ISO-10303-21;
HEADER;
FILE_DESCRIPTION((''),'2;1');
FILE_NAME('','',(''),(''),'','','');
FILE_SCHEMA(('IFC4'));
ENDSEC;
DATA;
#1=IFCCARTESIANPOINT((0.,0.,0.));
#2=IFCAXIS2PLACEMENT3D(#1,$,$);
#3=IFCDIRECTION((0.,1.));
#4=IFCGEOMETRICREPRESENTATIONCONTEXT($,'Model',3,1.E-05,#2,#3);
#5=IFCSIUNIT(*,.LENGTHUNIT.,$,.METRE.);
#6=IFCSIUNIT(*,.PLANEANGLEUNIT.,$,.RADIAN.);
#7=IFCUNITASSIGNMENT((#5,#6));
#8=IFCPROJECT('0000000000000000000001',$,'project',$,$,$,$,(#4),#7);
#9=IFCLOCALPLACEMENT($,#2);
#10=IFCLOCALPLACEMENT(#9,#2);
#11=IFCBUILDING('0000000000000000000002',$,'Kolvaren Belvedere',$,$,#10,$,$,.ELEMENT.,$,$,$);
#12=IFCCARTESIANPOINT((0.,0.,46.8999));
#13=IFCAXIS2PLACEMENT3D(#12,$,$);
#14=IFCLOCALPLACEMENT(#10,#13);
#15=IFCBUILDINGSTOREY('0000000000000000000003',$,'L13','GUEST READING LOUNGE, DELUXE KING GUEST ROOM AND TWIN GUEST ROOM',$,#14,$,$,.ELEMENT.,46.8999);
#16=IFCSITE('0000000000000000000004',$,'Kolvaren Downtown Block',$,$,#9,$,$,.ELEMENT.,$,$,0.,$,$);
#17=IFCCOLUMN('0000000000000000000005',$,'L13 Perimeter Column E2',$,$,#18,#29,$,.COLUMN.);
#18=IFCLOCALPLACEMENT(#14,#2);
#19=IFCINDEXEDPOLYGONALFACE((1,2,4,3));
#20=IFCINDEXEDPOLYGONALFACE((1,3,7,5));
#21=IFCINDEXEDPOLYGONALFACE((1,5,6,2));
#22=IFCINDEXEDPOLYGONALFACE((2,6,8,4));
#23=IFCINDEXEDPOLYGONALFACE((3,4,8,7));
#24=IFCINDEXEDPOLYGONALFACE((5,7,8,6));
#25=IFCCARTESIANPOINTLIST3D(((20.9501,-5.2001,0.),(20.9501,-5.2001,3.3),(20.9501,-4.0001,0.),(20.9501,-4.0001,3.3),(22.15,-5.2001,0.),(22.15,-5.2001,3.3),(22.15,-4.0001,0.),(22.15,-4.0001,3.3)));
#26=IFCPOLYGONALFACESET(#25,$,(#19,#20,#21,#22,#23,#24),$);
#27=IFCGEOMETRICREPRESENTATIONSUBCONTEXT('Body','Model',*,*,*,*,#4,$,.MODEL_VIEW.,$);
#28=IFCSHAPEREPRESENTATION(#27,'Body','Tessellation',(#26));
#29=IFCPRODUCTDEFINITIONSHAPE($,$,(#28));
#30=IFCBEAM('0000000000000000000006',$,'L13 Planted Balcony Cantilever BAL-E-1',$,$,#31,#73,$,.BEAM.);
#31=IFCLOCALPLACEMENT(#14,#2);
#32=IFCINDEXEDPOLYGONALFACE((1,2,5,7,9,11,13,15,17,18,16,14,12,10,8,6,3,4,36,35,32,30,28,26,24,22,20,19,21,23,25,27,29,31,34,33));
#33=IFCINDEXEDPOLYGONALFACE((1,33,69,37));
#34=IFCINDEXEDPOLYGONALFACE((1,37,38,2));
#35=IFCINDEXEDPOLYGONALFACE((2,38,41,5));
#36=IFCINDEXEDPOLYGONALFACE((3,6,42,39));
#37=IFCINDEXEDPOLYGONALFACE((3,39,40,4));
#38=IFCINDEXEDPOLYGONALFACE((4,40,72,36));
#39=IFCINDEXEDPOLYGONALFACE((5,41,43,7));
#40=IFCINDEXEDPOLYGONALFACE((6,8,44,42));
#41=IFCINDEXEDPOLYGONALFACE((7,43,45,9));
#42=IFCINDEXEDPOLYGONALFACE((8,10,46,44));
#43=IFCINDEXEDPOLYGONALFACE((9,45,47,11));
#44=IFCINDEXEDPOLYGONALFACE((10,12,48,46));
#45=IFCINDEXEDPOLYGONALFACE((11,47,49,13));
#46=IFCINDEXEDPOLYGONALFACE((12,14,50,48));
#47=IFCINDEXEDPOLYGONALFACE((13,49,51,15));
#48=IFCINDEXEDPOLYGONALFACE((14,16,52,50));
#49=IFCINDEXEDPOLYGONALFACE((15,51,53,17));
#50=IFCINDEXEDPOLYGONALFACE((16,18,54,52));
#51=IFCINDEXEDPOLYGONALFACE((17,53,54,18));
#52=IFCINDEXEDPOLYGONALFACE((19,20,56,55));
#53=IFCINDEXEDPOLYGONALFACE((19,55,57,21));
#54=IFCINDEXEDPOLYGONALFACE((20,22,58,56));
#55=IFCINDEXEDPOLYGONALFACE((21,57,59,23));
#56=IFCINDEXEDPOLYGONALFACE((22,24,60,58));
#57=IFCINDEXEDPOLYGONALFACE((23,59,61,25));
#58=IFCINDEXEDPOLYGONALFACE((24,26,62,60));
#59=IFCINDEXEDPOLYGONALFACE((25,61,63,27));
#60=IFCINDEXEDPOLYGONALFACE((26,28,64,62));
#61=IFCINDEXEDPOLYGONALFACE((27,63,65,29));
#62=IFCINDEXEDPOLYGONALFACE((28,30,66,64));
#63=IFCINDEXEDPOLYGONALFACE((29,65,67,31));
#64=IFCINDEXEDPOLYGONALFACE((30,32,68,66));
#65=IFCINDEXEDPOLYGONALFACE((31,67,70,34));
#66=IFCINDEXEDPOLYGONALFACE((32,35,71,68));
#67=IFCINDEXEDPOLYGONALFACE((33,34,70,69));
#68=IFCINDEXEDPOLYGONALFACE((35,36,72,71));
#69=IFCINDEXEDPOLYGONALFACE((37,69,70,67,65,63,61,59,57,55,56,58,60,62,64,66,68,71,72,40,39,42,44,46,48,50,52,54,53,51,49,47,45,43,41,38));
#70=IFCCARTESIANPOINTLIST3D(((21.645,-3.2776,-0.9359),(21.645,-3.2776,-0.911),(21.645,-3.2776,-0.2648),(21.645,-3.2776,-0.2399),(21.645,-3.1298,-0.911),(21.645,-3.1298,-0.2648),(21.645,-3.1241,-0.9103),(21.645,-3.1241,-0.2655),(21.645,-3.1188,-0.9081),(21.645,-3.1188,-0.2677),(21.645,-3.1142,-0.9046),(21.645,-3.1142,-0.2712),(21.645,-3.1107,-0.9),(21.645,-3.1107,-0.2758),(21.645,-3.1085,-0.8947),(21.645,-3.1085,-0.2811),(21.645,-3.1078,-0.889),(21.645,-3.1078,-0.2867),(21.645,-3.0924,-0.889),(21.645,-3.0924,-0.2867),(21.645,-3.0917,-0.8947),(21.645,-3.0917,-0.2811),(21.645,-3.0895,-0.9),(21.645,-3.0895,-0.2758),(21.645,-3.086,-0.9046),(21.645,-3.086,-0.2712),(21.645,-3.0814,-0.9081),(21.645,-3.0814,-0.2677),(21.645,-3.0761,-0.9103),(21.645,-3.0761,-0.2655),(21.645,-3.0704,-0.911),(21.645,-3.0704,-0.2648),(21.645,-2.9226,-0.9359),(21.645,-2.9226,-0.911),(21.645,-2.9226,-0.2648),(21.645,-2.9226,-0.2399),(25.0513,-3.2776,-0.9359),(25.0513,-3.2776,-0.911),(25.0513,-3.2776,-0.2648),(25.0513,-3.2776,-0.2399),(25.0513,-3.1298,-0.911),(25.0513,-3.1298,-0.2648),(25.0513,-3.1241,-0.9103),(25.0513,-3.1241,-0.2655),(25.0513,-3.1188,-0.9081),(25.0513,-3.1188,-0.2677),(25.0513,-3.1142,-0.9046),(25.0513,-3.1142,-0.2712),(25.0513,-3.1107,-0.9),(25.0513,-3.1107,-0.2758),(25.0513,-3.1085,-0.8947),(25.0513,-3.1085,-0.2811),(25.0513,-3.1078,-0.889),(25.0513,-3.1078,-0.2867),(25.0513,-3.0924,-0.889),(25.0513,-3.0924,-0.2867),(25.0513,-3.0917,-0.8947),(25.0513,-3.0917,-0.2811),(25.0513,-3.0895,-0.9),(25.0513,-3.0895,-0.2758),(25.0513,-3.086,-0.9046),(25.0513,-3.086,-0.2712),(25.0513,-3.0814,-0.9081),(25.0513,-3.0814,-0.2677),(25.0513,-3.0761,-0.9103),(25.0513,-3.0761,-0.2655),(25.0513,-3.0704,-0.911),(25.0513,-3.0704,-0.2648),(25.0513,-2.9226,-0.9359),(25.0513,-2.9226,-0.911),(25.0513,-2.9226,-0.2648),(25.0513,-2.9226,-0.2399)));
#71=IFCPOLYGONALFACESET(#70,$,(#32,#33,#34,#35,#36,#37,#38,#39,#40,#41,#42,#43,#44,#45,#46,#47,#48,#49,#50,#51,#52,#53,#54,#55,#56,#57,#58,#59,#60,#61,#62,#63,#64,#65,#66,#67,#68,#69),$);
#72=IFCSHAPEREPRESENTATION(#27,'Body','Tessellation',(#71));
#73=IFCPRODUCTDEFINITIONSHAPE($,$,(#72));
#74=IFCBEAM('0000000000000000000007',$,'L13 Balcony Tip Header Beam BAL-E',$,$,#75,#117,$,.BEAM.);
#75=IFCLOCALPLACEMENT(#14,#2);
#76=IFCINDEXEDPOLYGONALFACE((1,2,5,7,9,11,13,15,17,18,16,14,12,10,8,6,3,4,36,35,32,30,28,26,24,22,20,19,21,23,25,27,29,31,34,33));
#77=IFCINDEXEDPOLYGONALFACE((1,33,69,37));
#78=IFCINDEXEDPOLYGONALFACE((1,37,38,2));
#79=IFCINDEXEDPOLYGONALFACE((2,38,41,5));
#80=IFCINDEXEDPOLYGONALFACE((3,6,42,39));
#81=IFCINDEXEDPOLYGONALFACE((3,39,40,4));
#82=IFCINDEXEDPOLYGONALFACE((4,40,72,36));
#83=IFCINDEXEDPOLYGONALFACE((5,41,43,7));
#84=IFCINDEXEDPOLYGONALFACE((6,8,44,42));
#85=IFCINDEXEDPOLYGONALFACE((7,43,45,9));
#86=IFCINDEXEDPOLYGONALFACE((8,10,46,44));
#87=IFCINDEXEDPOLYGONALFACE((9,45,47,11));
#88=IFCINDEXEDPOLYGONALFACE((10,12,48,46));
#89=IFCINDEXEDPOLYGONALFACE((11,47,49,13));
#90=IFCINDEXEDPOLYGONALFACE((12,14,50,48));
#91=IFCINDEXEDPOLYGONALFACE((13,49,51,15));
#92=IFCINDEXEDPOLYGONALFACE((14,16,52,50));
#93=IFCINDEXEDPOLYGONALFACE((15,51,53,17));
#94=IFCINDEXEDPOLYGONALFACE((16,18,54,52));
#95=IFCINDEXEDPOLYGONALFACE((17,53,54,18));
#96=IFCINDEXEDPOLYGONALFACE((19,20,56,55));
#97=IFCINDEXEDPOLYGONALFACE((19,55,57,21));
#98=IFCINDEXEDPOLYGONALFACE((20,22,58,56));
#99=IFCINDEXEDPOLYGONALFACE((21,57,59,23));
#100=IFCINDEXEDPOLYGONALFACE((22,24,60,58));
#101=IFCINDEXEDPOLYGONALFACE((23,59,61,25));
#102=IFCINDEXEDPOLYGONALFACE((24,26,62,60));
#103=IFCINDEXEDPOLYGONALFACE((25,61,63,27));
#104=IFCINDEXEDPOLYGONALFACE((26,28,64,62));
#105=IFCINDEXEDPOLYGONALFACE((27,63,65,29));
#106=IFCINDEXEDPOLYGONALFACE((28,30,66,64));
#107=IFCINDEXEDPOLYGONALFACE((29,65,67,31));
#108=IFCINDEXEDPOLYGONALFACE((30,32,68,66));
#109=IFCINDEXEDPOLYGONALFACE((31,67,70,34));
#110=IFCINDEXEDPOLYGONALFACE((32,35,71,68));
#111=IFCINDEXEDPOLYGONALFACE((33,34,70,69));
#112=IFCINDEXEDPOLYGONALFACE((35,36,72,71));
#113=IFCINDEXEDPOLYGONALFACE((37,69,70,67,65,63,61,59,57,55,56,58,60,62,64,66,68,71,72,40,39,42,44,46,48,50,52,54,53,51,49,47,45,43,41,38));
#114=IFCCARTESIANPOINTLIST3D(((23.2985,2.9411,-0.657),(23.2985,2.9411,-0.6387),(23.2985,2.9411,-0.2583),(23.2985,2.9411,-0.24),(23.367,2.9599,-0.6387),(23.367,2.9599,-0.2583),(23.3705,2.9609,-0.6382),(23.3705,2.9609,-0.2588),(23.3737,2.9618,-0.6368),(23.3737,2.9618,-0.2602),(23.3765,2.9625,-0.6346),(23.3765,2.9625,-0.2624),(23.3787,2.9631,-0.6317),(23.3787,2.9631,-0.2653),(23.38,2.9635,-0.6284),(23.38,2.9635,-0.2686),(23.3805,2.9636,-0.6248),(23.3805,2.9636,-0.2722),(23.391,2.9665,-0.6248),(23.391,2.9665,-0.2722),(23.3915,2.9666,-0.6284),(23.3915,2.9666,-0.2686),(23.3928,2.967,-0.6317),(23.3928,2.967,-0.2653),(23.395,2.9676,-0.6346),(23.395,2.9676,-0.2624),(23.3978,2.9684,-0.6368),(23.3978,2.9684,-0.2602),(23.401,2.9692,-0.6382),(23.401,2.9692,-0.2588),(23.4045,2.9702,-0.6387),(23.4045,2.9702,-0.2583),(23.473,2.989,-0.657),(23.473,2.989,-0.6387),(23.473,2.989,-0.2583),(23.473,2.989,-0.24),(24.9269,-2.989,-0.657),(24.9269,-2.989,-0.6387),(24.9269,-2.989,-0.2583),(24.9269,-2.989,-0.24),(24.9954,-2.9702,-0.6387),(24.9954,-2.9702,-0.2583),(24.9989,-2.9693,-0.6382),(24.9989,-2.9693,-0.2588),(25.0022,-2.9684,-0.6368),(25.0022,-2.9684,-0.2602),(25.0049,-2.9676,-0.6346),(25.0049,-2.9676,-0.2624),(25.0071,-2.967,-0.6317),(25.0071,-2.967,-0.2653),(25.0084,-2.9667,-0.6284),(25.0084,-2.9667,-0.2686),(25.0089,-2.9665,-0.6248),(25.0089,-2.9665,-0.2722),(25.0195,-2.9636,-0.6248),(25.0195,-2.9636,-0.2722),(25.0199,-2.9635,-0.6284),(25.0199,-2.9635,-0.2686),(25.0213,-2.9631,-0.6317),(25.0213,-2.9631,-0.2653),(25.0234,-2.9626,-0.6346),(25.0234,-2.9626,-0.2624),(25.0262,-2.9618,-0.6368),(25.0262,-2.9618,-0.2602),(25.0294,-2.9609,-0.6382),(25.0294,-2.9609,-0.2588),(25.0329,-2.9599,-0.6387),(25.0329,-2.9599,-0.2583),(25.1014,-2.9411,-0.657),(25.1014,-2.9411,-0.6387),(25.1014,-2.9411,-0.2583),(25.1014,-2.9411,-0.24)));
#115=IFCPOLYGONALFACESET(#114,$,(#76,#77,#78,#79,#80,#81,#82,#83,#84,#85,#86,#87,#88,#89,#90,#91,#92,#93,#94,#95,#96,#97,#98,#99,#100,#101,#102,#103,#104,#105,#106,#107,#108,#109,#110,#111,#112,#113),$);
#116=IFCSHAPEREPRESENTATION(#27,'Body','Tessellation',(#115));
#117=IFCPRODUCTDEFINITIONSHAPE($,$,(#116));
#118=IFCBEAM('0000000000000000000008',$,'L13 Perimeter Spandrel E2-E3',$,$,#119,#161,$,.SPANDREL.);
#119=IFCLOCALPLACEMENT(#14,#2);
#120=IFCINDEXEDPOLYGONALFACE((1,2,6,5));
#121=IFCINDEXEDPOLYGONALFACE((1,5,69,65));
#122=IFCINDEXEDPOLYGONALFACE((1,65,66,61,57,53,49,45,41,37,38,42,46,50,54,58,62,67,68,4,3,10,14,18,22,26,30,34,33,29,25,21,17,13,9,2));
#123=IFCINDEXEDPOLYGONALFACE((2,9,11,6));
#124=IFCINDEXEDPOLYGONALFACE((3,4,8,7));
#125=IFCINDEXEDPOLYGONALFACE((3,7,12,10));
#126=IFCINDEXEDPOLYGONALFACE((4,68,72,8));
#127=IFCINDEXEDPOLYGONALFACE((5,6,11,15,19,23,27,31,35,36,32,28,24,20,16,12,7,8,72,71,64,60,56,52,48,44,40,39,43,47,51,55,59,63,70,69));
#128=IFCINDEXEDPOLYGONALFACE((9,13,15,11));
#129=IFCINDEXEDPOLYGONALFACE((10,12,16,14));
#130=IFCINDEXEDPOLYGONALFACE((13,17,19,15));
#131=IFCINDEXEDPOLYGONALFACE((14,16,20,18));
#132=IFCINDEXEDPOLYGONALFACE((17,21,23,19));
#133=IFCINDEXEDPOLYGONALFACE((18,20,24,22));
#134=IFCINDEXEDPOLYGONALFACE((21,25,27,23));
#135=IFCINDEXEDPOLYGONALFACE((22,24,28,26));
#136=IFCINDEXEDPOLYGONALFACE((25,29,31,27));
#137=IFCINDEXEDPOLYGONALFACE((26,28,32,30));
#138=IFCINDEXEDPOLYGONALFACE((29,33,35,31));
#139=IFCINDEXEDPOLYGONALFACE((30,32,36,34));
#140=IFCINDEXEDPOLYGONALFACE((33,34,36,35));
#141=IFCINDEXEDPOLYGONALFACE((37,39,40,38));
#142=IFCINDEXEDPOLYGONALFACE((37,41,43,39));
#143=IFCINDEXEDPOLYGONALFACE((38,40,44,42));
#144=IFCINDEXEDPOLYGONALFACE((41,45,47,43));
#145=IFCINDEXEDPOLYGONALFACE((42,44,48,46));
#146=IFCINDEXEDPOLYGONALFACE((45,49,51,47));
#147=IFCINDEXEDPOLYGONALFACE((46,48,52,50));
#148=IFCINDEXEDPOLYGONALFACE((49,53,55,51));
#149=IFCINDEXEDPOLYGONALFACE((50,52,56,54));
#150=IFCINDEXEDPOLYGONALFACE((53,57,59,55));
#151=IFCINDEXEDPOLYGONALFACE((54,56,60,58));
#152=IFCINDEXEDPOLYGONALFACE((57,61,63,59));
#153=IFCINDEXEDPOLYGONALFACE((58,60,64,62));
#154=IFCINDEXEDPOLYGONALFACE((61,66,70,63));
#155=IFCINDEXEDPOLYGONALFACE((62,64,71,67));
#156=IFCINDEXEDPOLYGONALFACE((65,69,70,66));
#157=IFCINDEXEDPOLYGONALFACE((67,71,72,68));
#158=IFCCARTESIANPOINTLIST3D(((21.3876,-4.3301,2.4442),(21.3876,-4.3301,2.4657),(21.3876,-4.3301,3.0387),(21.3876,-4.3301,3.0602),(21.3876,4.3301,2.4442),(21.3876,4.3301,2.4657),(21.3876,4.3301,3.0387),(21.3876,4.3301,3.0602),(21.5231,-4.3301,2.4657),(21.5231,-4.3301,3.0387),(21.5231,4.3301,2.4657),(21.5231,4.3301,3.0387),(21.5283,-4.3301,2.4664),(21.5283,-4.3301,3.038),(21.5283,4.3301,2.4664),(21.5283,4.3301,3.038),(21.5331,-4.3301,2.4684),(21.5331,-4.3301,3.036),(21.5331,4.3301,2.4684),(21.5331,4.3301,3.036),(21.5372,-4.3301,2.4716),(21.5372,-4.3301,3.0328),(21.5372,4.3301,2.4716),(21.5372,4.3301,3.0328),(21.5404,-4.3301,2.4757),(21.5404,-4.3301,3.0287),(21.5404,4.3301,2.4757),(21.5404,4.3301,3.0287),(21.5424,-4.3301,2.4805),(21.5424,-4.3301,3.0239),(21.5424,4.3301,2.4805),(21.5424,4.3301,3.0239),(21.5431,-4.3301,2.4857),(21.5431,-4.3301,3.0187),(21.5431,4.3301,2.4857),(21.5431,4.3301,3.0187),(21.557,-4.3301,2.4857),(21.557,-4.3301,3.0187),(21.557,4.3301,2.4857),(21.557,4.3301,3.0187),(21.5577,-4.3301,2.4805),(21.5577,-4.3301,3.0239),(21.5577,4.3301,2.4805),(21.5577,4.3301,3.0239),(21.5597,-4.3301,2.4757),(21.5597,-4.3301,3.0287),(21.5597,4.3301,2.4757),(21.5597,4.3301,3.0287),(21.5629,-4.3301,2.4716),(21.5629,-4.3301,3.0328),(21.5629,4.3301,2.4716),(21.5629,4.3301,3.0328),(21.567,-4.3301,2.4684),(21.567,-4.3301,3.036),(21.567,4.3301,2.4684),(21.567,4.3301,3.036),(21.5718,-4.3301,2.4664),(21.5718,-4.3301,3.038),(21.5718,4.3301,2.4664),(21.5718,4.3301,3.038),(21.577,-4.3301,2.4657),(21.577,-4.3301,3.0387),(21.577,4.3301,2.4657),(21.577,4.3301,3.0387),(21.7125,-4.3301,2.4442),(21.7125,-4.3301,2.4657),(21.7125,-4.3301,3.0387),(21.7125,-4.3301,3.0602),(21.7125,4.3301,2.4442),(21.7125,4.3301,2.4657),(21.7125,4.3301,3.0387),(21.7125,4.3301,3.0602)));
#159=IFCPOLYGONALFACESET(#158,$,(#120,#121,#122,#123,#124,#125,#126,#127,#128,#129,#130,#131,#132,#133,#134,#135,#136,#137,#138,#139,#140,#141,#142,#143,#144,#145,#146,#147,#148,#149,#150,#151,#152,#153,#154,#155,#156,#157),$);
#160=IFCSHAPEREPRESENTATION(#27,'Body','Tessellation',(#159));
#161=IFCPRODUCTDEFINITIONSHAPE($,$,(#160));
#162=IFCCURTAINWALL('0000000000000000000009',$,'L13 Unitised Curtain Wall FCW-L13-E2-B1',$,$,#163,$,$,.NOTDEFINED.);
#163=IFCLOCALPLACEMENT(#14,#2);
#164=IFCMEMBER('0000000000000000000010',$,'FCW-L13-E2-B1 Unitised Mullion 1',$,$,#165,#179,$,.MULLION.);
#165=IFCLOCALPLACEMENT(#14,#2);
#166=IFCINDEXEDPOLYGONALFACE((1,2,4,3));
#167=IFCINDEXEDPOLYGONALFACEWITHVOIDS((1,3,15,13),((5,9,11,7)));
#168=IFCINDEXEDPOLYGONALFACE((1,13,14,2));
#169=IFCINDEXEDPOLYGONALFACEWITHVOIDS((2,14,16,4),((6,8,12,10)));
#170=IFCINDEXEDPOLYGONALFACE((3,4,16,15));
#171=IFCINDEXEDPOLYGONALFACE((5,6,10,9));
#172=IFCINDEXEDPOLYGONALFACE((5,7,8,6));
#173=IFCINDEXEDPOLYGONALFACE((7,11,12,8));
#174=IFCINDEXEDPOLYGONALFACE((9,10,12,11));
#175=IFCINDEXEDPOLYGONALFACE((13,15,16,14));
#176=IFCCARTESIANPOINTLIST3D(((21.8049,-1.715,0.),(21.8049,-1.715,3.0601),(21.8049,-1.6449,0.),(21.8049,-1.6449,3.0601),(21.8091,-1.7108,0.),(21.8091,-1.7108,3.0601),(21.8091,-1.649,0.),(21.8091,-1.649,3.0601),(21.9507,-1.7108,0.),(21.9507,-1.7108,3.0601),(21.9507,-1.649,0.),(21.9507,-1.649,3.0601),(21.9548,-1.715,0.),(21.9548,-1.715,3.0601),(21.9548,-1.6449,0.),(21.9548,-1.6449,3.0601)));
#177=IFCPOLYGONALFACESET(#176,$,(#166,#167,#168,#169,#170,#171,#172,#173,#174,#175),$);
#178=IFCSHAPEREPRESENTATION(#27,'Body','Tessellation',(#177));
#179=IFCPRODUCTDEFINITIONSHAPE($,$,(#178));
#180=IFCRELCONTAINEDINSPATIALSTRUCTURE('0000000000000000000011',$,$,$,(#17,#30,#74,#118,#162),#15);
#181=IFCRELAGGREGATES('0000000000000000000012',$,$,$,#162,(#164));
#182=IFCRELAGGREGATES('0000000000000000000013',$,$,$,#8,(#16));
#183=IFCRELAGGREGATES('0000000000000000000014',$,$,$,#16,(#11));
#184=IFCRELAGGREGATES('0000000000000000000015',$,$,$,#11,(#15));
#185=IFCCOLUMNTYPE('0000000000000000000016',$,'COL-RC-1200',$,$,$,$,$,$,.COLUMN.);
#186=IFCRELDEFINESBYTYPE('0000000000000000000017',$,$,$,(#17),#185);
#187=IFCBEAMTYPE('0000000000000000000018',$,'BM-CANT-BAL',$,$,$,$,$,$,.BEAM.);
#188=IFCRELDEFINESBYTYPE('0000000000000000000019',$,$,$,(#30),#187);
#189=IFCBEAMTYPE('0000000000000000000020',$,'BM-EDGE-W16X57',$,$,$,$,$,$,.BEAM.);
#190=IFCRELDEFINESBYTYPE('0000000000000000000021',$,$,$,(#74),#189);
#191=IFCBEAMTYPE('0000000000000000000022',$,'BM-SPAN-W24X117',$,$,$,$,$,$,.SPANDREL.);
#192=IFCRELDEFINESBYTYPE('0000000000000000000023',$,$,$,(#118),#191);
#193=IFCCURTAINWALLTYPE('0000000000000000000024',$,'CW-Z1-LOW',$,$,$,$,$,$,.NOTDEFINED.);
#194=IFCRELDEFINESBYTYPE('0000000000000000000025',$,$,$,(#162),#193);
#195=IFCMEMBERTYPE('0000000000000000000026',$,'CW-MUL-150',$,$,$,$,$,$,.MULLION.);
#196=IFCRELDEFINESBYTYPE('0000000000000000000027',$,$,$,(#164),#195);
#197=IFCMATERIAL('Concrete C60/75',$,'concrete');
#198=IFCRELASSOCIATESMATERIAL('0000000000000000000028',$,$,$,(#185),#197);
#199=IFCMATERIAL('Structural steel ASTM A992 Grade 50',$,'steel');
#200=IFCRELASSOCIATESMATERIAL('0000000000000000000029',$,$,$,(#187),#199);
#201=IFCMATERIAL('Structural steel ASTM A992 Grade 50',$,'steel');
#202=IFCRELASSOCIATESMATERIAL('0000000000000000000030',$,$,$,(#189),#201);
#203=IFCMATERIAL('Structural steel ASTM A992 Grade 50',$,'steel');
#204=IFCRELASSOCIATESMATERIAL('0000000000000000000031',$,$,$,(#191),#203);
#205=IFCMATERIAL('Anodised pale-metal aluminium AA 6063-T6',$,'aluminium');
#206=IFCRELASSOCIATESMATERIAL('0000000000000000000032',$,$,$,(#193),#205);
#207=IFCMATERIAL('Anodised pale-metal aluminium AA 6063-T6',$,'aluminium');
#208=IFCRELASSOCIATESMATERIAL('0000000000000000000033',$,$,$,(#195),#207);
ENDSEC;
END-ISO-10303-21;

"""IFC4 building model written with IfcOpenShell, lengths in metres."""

from ifc_helpers import new_model, si_unit, direction, frame, origin, origin_2d, place, context, subcontext, project, spatial, rectangle, hollow_rectangle, i_section, extrude, material, material_profile, profile_set, type_object, element, aggregate, save


model = new_model("IFC4")

# Units and contexts
model_context = context("Model", 3, precision=1e-05, world=origin(), true_north=direction((0.0, 1.0)))
body_context = subcontext(model_context, "Body", "Model", "MODEL_VIEW")
ifc_project = project(units=[si_unit("LENGTHUNIT", "METRE"), si_unit("PLANEANGLEUNIT", "RADIAN")], contexts=[model_context])

# Site, building, storey
site_placement = place(None, origin())
site = spatial("IfcSite", under=ifc_project, at=site_placement, Name="Kolvaren Downtown Block", CompositionType="ELEMENT", RefElevation=0.0)
building_placement = place(site_placement, origin())
building = spatial("IfcBuilding", under=site, at=building_placement, Name="Kolvaren Belvedere", CompositionType="ELEMENT")
storey_placement = place(building_placement, frame((0.0, 0.0, 46.8999)))
storey = spatial("IfcBuildingStorey", under=building, at=storey_placement, Name="L13", Description="GUEST READING LOUNGE, DELUXE KING GUEST ROOM AND TWIN GUEST ROOM", CompositionType="ELEMENT", Elevation=46.8999)

# Column
ifc_material_1 = material(Name="Concrete C60/75", Category="concrete")
ifc_material_profile_1 = material_profile(ifc_material_1, rectangle(XDim=1.2, YDim=1.2, at=origin_2d()), Name="RC 1200X1200")
ifc_profile_set_1 = profile_set([ifc_material_profile_1], Name="Concrete C60/75")
column_type = type_object("IfcColumnType", Name="COL-RC-1200", PredefinedType="COLUMN", material=ifc_profile_set_1)
column_placement = place(storey_placement, frame((21.55, -4.6001, 0.0), z_axis=(0.0, 0.0, 1.0), x_axis=(1.0, 0.0, 0.0)))
element("IfcColumn", 1, at=column_placement, inside=storey, type_object=column_type, Name="L13 Perimeter Column E2", PredefinedType="COLUMN", context=body_context, shape_type="SweptSolid", body=[
    extrude(rectangle(XDim=1.2, YDim=1.2, at=origin_2d()), origin(), (0.0, 0.0, 1.0), 3.3),
])

# Beams
ifc_material_2 = material(Name="Structural steel ASTM A992 Grade 50", Category="steel")
ifc_material_profile_2 = material_profile(ifc_material_2, i_section(OverallWidth=0.355, OverallDepth=0.696, WebThickness=0.0154, FlangeThickness=0.0249, FilletRadius=0.022, at=origin_2d()), Name="W27X146")
ifc_profile_set_2 = profile_set([ifc_material_profile_2], Name="Structural steel ASTM A992 Grade 50")
beam_type_1 = type_object("IfcBeamType", Name="BM-CANT-BAL", PredefinedType="BEAM", material=ifc_profile_set_2)
beam_1_placement = place(storey_placement, frame((21.645, -3.1001, -0.5879), z_axis=(1.0, 0.0, 0.0), x_axis=(0.0, 1.0, 0.0)))
element("IfcBeam", 2, at=beam_1_placement, inside=storey, type_object=beam_type_1, Name="L13 Planted Balcony Cantilever BAL-E-1", PredefinedType="BEAM", context=body_context, shape_type="SweptSolid", body=[
    extrude(i_section(OverallWidth=0.355, OverallDepth=0.696, WebThickness=0.0154, FlangeThickness=0.0249, FilletRadius=0.022, at=origin_2d()), origin(), (0.0, 0.0, 1.0), 3.4062),
])
ifc_material_3 = material(Name="Structural steel ASTM A992 Grade 50", Category="steel")
ifc_material_profile_3 = material_profile(ifc_material_3, i_section(OverallWidth=0.1809, OverallDepth=0.417, WebThickness=0.011, FlangeThickness=0.0183, FilletRadius=0.0139, at=origin_2d()), Name="W16X57")
ifc_profile_set_3 = profile_set([ifc_material_profile_3], Name="Structural steel ASTM A992 Grade 50")
beam_type_2 = type_object("IfcBeamType", Name="BM-EDGE-W16X57", PredefinedType="BEAM", material=ifc_profile_set_3)
beam_2_placement = place(storey_placement, frame((25.0142, -2.9651, -0.4485), z_axis=(-0.264797, 0.964304, 0.0), x_axis=(-0.964304, -0.264797, 0.0)))
element("IfcBeam", 3, at=beam_2_placement, inside=storey, type_object=beam_type_2, Name="L13 Balcony Tip Header Beam BAL-E", PredefinedType="BEAM", context=body_context, shape_type="SweptSolid", body=[
    extrude(i_section(OverallWidth=0.1809, OverallDepth=0.417, WebThickness=0.011, FlangeThickness=0.0183, FilletRadius=0.0139, at=origin_2d()), origin(), (0.0, 0.0, 1.0), 6.1497),
])
ifc_material_4 = material(Name="Structural steel ASTM A992 Grade 50", Category="steel")
ifc_material_profile_4 = material_profile(ifc_material_4, i_section(OverallWidth=0.325, OverallDepth=0.616, WebThickness=0.0139, FlangeThickness=0.0215, FilletRadius=0.02, at=origin_2d()), Name="W24X117")
ifc_profile_set_4 = profile_set([ifc_material_profile_4], Name="Structural steel ASTM A992 Grade 50")
beam_type_3 = type_object("IfcBeamType", Name="BM-SPAN-W24X117", PredefinedType="SPANDREL", material=ifc_profile_set_4)
beam_3_placement = place(storey_placement, frame((21.55, -4.3301, 2.7522), z_axis=(0.0, 1.0, 0.0), x_axis=(-1.0, 0.0, 0.0)))
element("IfcBeam", 4, at=beam_3_placement, inside=storey, type_object=beam_type_3, Name="L13 Perimeter Spandrel E2-E3", PredefinedType="SPANDREL", context=body_context, shape_type="SweptSolid", body=[
    extrude(i_section(OverallWidth=0.325, OverallDepth=0.616, WebThickness=0.0139, FlangeThickness=0.0215, FilletRadius=0.02, at=origin_2d()), origin(), (0.0, 0.0, 1.0), 8.6602),
])

# Curtain wall, member
ifc_material_5 = material(Name="Anodised pale-metal aluminium AA 6063-T6", Category="aluminium")
curtain_wall_type = type_object("IfcCurtainWallType", Name="CW-Z1-LOW", PredefinedType="NOTDEFINED", material=ifc_material_5)
curtain_wall_1_placement = place(storey_placement, origin())
curtain_wall_1 = element("IfcCurtainWall", 5, at=curtain_wall_1_placement, inside=storey, type_object=curtain_wall_type, Name="L13 Unitised Curtain Wall FCW-L13-E2-B1", PredefinedType="NOTDEFINED")
ifc_material_6 = material(Name="Anodised pale-metal aluminium AA 6063-T6", Category="aluminium")
ifc_material_profile_5 = material_profile(ifc_material_6, hollow_rectangle(XDim=0.0701, YDim=0.1499, WallThickness=0.0042, at=origin_2d()), Name="ALU-MUL-150X70")
ifc_profile_set_5 = profile_set([ifc_material_profile_5], Name="Anodised pale-metal aluminium AA 6063-T6")
member_type_1 = type_object("IfcMemberType", Name="CW-MUL-150", PredefinedType="MULLION", material=ifc_profile_set_5)
member_1_placement = place(storey_placement, frame((21.8799, -1.6799, 0.0), z_axis=(0.0, 0.0, 1.0), x_axis=(0.0, 1.0, 0.0)))
member_1 = element("IfcMember", 6, at=member_1_placement, type_object=member_type_1, Name="FCW-L13-E2-B1 Unitised Mullion 1", PredefinedType="MULLION", context=body_context, shape_type="SweptSolid", body=[
    extrude(hollow_rectangle(XDim=0.0701, YDim=0.1499, WallThickness=0.0042, at=origin_2d()), origin(), (0.0, 0.0, 1.0), 3.0601),
])

aggregate(curtain_wall_1, [member_1])

save(model, "model.ifc")
